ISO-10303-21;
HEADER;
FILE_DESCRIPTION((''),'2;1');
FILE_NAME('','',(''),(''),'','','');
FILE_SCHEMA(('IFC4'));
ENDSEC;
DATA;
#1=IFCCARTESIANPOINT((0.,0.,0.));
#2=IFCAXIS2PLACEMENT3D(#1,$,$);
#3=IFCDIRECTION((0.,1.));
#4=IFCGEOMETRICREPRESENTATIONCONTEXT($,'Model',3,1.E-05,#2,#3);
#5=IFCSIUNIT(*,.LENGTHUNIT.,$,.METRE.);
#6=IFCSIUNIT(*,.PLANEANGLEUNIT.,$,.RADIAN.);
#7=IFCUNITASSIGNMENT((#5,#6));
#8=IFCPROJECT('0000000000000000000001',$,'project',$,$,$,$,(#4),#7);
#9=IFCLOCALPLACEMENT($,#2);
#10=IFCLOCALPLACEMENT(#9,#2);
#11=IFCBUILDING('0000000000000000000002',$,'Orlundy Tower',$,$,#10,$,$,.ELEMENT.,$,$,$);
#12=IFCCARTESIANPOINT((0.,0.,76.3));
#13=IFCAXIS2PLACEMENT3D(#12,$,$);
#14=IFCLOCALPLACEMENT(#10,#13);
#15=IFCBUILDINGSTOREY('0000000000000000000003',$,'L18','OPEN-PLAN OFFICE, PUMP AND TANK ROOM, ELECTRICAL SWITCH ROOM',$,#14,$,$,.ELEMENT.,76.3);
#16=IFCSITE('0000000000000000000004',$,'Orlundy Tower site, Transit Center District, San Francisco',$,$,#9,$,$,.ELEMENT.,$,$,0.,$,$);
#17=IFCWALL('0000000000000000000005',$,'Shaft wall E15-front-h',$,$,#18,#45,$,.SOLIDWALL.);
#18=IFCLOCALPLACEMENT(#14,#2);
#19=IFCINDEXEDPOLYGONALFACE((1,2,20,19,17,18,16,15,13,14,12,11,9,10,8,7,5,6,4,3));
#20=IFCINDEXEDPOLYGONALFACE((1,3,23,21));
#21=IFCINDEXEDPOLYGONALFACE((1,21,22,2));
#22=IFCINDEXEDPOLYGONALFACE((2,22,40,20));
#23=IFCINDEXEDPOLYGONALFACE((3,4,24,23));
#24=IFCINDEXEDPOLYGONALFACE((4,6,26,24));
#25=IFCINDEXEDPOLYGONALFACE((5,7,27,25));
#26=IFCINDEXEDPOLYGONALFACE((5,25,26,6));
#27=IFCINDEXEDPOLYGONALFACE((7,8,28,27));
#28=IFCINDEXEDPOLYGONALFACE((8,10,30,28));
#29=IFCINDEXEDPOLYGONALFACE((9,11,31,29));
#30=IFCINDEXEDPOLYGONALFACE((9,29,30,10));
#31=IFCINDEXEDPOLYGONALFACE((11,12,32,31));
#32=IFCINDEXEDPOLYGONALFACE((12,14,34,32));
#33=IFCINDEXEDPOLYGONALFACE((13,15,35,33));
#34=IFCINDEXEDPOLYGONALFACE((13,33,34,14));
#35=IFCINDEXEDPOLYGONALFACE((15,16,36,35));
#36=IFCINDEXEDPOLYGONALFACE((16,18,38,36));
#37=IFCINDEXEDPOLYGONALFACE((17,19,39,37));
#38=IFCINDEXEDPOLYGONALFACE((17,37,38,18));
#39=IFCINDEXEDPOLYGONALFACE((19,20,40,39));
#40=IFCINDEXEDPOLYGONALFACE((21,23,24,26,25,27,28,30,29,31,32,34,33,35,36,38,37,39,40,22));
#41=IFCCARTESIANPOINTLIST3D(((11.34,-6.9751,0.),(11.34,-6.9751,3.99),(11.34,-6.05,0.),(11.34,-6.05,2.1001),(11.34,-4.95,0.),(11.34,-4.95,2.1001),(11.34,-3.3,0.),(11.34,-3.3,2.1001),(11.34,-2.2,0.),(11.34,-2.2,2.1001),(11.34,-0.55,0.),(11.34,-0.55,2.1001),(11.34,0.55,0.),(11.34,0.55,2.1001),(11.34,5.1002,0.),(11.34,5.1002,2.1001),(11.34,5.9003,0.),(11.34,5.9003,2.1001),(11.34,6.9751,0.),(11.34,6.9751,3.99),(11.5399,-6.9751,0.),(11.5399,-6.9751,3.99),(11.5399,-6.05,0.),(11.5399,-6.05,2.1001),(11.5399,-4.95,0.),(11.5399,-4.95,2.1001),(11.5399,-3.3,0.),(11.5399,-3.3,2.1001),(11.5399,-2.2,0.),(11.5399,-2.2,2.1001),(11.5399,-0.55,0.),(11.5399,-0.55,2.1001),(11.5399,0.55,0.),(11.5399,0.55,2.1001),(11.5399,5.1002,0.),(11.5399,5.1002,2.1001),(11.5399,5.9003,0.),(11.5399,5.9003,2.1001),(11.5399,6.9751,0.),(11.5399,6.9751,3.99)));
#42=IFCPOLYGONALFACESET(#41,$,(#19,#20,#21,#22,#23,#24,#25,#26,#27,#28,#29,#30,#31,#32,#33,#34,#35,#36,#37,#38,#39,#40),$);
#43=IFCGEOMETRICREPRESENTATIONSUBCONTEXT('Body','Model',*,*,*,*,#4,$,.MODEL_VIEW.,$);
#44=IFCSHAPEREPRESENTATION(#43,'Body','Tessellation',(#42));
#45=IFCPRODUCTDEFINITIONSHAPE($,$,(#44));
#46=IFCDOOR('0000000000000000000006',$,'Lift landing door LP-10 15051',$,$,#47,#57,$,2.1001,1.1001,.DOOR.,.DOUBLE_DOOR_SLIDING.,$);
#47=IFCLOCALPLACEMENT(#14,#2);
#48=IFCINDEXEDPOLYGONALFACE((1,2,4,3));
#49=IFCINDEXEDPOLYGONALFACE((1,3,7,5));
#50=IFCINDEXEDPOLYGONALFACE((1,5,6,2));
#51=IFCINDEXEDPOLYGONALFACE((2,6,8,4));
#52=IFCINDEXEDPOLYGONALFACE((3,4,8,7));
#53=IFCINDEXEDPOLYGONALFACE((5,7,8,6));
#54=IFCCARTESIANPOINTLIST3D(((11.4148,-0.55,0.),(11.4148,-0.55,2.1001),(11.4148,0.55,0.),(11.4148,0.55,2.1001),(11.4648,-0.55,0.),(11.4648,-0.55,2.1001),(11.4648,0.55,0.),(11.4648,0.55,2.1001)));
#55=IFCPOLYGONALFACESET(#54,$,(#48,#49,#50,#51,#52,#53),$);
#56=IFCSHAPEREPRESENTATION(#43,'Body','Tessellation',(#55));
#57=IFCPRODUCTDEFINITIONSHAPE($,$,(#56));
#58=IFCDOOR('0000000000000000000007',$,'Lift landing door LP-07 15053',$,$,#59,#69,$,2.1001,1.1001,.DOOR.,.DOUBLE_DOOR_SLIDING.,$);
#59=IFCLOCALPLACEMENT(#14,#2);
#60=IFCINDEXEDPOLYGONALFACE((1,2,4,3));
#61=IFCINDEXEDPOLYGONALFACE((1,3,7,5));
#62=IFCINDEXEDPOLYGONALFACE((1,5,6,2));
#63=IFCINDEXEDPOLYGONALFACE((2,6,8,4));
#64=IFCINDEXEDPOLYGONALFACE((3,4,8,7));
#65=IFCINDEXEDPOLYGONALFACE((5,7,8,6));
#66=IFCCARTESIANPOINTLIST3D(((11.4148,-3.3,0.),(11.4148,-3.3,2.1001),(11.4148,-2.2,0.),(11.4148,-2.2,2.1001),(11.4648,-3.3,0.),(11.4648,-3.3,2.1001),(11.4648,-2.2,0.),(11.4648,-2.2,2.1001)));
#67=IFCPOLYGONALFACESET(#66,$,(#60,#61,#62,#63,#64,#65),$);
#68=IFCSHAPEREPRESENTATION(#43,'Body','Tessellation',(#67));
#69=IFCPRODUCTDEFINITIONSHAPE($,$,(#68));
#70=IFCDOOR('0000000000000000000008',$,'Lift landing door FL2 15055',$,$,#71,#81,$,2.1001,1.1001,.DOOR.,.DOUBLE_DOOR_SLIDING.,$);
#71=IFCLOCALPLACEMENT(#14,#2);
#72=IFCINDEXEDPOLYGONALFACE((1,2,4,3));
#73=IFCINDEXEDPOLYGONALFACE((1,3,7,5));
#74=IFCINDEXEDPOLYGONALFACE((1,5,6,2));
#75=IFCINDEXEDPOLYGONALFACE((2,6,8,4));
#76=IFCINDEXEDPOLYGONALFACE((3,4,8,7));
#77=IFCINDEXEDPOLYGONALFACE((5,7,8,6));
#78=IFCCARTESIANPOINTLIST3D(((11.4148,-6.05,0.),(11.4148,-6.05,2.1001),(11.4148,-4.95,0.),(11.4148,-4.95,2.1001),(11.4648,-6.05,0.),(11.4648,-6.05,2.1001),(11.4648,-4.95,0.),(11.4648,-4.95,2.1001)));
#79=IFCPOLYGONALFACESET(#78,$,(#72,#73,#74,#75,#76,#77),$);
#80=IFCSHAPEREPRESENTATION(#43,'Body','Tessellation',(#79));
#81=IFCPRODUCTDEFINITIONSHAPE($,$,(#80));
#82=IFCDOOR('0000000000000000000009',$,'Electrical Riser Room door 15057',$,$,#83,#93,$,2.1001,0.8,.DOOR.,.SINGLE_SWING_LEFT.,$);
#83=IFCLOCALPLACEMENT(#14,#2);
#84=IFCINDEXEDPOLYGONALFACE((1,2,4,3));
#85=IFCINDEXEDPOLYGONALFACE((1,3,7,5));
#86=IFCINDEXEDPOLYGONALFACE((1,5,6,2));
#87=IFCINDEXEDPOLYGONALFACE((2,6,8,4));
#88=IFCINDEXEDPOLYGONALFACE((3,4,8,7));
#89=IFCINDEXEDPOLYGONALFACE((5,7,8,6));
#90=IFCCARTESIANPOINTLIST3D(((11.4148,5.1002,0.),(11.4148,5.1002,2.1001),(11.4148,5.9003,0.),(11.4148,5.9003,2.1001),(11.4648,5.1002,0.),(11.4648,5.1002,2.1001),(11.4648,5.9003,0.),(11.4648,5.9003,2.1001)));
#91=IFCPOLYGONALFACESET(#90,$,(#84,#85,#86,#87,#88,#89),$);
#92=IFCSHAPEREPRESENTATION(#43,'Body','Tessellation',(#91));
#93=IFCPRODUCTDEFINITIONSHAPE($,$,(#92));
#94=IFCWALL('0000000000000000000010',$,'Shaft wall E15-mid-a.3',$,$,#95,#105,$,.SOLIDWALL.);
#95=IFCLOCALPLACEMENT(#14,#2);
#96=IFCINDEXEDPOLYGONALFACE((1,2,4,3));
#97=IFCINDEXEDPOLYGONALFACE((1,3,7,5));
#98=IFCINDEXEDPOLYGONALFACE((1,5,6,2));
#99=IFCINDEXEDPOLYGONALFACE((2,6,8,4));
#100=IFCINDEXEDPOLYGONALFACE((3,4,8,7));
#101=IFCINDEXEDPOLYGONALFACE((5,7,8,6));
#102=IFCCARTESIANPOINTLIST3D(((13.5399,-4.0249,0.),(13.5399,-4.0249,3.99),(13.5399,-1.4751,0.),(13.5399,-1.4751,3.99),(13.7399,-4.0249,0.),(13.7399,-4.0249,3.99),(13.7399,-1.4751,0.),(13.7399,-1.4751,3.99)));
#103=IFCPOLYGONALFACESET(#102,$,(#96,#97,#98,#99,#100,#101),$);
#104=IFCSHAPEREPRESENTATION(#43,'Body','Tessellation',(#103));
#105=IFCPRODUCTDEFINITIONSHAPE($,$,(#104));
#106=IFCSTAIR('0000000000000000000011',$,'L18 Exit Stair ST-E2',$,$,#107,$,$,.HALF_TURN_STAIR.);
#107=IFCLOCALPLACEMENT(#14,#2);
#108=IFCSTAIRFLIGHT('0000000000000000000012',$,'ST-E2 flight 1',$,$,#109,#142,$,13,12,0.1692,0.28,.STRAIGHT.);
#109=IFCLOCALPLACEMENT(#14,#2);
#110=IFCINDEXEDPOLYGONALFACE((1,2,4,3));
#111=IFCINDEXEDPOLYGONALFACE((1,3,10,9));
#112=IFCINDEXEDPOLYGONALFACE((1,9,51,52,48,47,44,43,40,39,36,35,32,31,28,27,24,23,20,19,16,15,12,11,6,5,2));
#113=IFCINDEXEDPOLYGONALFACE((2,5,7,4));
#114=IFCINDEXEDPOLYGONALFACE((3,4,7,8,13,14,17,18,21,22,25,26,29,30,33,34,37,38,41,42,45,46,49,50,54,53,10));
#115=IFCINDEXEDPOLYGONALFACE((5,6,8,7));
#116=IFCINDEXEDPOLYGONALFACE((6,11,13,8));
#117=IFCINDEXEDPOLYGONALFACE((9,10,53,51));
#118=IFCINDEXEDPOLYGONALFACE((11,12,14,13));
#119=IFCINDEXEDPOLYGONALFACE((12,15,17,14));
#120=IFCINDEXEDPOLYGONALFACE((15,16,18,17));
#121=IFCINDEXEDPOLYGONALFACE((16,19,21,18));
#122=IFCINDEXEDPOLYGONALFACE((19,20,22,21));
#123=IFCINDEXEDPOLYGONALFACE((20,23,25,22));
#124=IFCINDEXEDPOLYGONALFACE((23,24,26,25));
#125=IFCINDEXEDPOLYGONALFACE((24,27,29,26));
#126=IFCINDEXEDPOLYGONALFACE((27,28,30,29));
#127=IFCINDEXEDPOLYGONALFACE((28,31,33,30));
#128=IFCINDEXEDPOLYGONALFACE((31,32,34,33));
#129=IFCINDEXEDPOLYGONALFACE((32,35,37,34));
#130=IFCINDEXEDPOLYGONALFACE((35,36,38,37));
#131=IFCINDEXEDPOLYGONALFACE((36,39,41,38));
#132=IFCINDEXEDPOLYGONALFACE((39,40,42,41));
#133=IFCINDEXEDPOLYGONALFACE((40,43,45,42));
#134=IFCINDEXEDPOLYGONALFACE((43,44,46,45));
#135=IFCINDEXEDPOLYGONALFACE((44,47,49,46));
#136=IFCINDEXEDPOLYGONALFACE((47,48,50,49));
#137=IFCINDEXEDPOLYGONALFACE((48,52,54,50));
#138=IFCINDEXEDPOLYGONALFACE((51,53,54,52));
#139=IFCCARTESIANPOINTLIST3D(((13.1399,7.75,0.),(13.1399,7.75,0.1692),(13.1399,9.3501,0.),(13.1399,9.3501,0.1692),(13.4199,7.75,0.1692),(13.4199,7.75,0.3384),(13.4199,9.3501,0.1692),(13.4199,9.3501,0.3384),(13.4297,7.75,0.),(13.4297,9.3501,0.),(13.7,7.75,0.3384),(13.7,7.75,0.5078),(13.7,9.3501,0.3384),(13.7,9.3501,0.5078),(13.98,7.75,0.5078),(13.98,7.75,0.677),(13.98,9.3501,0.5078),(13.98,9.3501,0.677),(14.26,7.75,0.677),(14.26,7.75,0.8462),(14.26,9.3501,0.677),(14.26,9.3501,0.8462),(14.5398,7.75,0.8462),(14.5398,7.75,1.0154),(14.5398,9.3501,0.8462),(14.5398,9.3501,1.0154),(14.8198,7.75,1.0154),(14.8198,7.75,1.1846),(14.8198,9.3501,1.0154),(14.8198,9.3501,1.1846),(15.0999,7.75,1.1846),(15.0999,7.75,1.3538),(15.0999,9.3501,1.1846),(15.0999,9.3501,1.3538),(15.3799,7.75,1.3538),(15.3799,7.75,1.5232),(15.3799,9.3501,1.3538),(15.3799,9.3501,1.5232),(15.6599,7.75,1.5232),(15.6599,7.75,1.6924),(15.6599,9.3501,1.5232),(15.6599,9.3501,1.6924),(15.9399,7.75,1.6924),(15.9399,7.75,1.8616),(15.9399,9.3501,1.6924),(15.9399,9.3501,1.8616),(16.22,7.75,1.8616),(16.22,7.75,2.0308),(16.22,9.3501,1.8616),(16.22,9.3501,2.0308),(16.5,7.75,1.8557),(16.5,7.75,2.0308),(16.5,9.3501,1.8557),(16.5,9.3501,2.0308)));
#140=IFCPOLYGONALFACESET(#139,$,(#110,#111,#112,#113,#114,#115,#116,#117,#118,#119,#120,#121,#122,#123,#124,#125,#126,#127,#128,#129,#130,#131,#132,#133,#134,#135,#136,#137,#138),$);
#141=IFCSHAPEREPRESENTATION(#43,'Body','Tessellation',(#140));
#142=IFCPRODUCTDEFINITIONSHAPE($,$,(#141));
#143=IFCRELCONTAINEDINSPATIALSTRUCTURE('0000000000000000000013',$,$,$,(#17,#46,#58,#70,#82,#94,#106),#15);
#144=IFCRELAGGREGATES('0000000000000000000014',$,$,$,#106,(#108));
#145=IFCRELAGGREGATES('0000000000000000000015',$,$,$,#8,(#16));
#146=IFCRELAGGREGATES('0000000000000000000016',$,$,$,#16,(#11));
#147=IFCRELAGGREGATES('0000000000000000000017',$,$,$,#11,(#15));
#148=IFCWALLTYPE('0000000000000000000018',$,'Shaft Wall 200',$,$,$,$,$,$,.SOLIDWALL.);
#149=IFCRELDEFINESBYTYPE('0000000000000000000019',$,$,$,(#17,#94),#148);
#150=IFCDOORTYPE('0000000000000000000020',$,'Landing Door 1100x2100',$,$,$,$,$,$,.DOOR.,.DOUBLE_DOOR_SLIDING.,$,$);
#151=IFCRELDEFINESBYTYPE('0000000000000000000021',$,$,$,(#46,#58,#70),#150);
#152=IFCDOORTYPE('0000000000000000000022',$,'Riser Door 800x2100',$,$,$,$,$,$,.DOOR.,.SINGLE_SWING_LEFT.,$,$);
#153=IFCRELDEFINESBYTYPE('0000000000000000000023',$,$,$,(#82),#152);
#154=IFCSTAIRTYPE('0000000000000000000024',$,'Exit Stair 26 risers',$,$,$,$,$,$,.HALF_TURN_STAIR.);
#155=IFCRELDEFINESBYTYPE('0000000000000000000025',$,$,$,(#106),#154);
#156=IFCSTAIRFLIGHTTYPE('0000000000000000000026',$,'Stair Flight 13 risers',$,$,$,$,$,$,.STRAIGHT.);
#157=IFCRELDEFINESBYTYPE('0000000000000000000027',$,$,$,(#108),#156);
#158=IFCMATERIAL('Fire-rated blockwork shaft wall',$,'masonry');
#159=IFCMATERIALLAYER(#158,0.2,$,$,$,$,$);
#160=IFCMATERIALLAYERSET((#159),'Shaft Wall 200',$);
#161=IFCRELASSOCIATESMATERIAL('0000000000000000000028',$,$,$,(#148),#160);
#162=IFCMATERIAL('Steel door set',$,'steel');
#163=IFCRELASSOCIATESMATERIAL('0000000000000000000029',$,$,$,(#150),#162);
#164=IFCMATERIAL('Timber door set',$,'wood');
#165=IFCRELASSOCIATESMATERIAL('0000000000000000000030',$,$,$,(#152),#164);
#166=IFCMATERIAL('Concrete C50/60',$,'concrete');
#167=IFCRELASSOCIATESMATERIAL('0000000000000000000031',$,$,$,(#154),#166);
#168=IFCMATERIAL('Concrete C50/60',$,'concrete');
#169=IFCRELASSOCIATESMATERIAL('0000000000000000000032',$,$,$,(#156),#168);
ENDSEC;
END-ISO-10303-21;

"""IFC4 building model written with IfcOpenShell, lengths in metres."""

from ifc_helpers import new_model, si_unit, direction, frame, frame_2d, origin, place, context, subcontext, project, spatial, polyline, rectangle, outline, extrude, material, layer, layer_set, type_object, element, fill, aggregate, save


model = new_model("IFC4")

# Units and contexts
model_context = context("Model", 3, precision=1e-05, world=origin(), true_north=direction((0.0, 1.0)))
body_context = subcontext(model_context, "Body", "Model", "MODEL_VIEW")
ifc_project = project(units=[si_unit("LENGTHUNIT", "METRE"), si_unit("PLANEANGLEUNIT", "RADIAN")], contexts=[model_context])

# Site, building, storey
site_placement = place(None, origin())
site = spatial("IfcSite", under=ifc_project, at=site_placement, Name="Orlundy Tower site, Transit Center District, San Francisco", CompositionType="ELEMENT", RefElevation=0.0)
building_placement = place(site_placement, origin())
building = spatial("IfcBuilding", under=site, at=building_placement, Name="Orlundy Tower", CompositionType="ELEMENT")
storey_placement = place(building_placement, frame((0.0, 0.0, 76.3)))
storey = spatial("IfcBuildingStorey", under=building, at=storey_placement, Name="L18", Description="OPEN-PLAN OFFICE, PUMP AND TANK ROOM, ELECTRICAL SWITCH ROOM", CompositionType="ELEMENT", Elevation=76.3)

# Shared definitions
ifc_material_1 = material(Name="Fire-rated blockwork shaft wall", Category="masonry")
ifc_layer_1 = layer(ifc_material_1, 0.2)
ifc_layer_set_1 = layer_set([ifc_layer_1], Name="Shaft Wall 200")
wall_type_1 = type_object("IfcWallType", Name="Shaft Wall 200", PredefinedType="SOLIDWALL", material=ifc_layer_set_1)

# Wall, openings, doors
wall_1_placement = place(storey_placement, frame((11.4399, 6.9751, 0.0), z_axis=(0.0, 0.0, 1.0), x_axis=(0.0, -1.0, 0.0)))
wall_1 = element("IfcWall", 1, at=wall_1_placement, inside=storey, type_object=wall_type_1, Name="Shaft wall E15-front-h", PredefinedType="SOLIDWALL", context=body_context, shape_type="SweptSolid", body=[
    extrude(rectangle(XDim=13.9502, YDim=0.2, at=frame_2d((6.9751, 0.0))), origin(), (0.0, 0.0, 1.0), 3.99),
])
opening_1_placement = place(wall_1_placement, frame((6.425, 0.0, 0.0)))
opening_1 = element("IfcOpeningElement", 2, at=opening_1_placement, cuts=wall_1, PredefinedType="OPENING", context=body_context, shape_type="SweptSolid", body=[
    extrude(rectangle(XDim=1.1001, YDim=2.1001, at=frame_2d((0.55, 1.05))), frame((0.0, 0.1101, 0.0), z_axis=(0.0, -1.0, 0.0), x_axis=(1.0, 0.0, 0.0)), (0.0, 0.0, 1.0), 0.2202),
])
opening_2_placement = place(wall_1_placement, frame((9.175, 0.0, 0.0)))
opening_2 = element("IfcOpeningElement", 3, at=opening_2_placement, cuts=wall_1, PredefinedType="OPENING", context=body_context, shape_type="SweptSolid", body=[
    extrude(rectangle(XDim=1.1001, YDim=2.1001, at=frame_2d((0.55, 1.05))), frame((0.0, 0.1101, 0.0), z_axis=(0.0, -1.0, 0.0), x_axis=(1.0, 0.0, 0.0)), (0.0, 0.0, 1.0), 0.2202),
])
opening_3_placement = place(wall_1_placement, frame((11.925, 0.0, 0.0)))
opening_3 = element("IfcOpeningElement", 4, at=opening_3_placement, cuts=wall_1, PredefinedType="OPENING", context=body_context, shape_type="SweptSolid", body=[
    extrude(rectangle(XDim=1.1001, YDim=2.1001, at=frame_2d((0.55, 1.05))), frame((0.0, 0.1101, 0.0), z_axis=(0.0, -1.0, 0.0), x_axis=(1.0, 0.0, 0.0)), (0.0, 0.0, 1.0), 0.2202),
])
opening_4_placement = place(wall_1_placement, frame((1.075, 0.0, 0.0)))
opening_4 = element("IfcOpeningElement", 5, at=opening_4_placement, cuts=wall_1, PredefinedType="OPENING", context=body_context, shape_type="SweptSolid", body=[
    extrude(rectangle(XDim=0.8, YDim=2.1001, at=frame_2d((0.3999, 1.05))), frame((0.0, 0.1101, 0.0), z_axis=(0.0, -1.0, 0.0), x_axis=(1.0, 0.0, 0.0)), (0.0, 0.0, 1.0), 0.2202),
])
ifc_material_2 = material(Name="Steel door set", Category="steel")
door_type_1 = type_object("IfcDoorType", Name="Landing Door 1100x2100", OperationType="DOUBLE_DOOR_SLIDING", PredefinedType="DOOR", material=ifc_material_2)
door_1_placement = place(opening_1_placement, origin())
door_1 = element("IfcDoor", 6, at=door_1_placement, inside=storey, type_object=door_type_1, Name="Lift landing door LP-10 15051", OperationType="DOUBLE_DOOR_SLIDING", OverallHeight=2.1001, OverallWidth=1.1001, PredefinedType="DOOR", context=body_context, shape_type="SweptSolid", body=[
    extrude(rectangle(XDim=1.1001, YDim=2.1001, at=frame_2d((0.55, 1.05))), frame((0.0, 0.0249, 0.0), z_axis=(0.0, -1.0, 0.0), x_axis=(1.0, 0.0, 0.0)), (0.0, 0.0, 1.0), 0.05),
])
fill(opening_1, door_1)
door_2_placement = place(opening_2_placement, origin())
door_2 = element("IfcDoor", 7, at=door_2_placement, inside=storey, type_object=door_type_1, Name="Lift landing door LP-07 15053", OperationType="DOUBLE_DOOR_SLIDING", OverallHeight=2.1001, OverallWidth=1.1001, PredefinedType="DOOR", context=body_context, shape_type="SweptSolid", body=[
    extrude(rectangle(XDim=1.1001, YDim=2.1001, at=frame_2d((0.55, 1.05))), frame((0.0, 0.0249, 0.0), z_axis=(0.0, -1.0, 0.0), x_axis=(1.0, 0.0, 0.0)), (0.0, 0.0, 1.0), 0.05),
])
fill(opening_2, door_2)
door_3_placement = place(opening_3_placement, origin())
door_3 = element("IfcDoor", 8, at=door_3_placement, inside=storey, type_object=door_type_1, Name="Lift landing door FL2 15055", OperationType="DOUBLE_DOOR_SLIDING", OverallHeight=2.1001, OverallWidth=1.1001, PredefinedType="DOOR", context=body_context, shape_type="SweptSolid", body=[
    extrude(rectangle(XDim=1.1001, YDim=2.1001, at=frame_2d((0.55, 1.05))), frame((0.0, 0.0249, 0.0), z_axis=(0.0, -1.0, 0.0), x_axis=(1.0, 0.0, 0.0)), (0.0, 0.0, 1.0), 0.05),
])
fill(opening_3, door_3)
ifc_material_3 = material(Name="Timber door set", Category="wood")
door_type_2 = type_object("IfcDoorType", Name="Riser Door 800x2100", OperationType="SINGLE_SWING_LEFT", PredefinedType="DOOR", material=ifc_material_3)
door_4_placement = place(opening_4_placement, origin())
door_4 = element("IfcDoor", 9, at=door_4_placement, inside=storey, type_object=door_type_2, Name="Electrical Riser Room door 15057", OperationType="SINGLE_SWING_LEFT", OverallHeight=2.1001, OverallWidth=0.8, PredefinedType="DOOR", context=body_context, shape_type="SweptSolid", body=[
    extrude(rectangle(XDim=0.8, YDim=2.1001, at=frame_2d((0.3999, 1.05))), frame((0.0, 0.0249, 0.0), z_axis=(0.0, -1.0, 0.0), x_axis=(1.0, 0.0, 0.0)), (0.0, 0.0, 1.0), 0.05),
])
fill(opening_4, door_4)

# Wall
wall_2_placement = place(storey_placement, frame((13.6399, -1.4751, 0.0), z_axis=(0.0, 0.0, 1.0), x_axis=(0.0, -1.0, 0.0)))
element("IfcWall", 10, at=wall_2_placement, inside=storey, type_object=wall_type_1, Name="Shaft wall E15-mid-a.3", PredefinedType="SOLIDWALL", context=body_context, shape_type="SweptSolid", body=[
    extrude(rectangle(XDim=2.5498, YDim=0.2, at=frame_2d((1.2749, 0.0))), origin(), (0.0, 0.0, 1.0), 3.99),
])

# Stair, stair flight
ifc_material_4 = material(Name="Concrete C50/60", Category="concrete")
stair_type = type_object("IfcStairType", Name="Exit Stair 26 risers", PredefinedType="HALF_TURN_STAIR", material=ifc_material_4)
stair_placement = place(storey_placement, origin())
stair = element("IfcStair", 11, at=stair_placement, inside=storey, type_object=stair_type, Name="L18 Exit Stair ST-E2", PredefinedType="HALF_TURN_STAIR")
ifc_material_5 = material(Name="Concrete C50/60", Category="concrete")
stair_flight_type = type_object("IfcStairFlightType", Name="Stair Flight 13 risers", PredefinedType="STRAIGHT", material=ifc_material_5)
stair_flight_placement = place(storey_placement, frame((13.1399, 8.55, 0.0), z_axis=(0.0, 0.0, 1.0), x_axis=(1.0, 0.0, 0.0)))
stair_flight = element("IfcStairFlight", 12, at=stair_flight_placement, type_object=stair_flight_type, Name="ST-E2 flight 1", NumberOfRisers=13, NumberOfTreads=12, PredefinedType="STRAIGHT", RiserHeight=0.1692, TreadLength=0.28, context=body_context, shape_type="SweptSolid", body=[
    extrude(outline(polyline([(0.0, 0.0), (0.0, 0.1692), (0.28, 0.1692), (0.28, 0.3384), (0.5601, 0.3384), (0.5601, 0.5078), (0.8401, 0.5078), (0.8401, 0.677), (1.1201, 0.677), (1.1201, 0.8462), (1.3999, 0.8462), (1.3999, 1.0154), (1.6799, 1.0154), (1.6799, 1.1846), (1.96, 1.1846), (1.96, 1.3538), (2.24, 1.3538), (2.24, 1.5232), (2.52, 1.5232), (2.52, 1.6924), (2.8, 1.6924), (2.8, 1.8616), (3.0801, 1.8616), (3.0801, 2.0308), (3.3601, 2.0308), (3.3601, 2.2), (3.3601, 1.8557), (0.2898, 0.0), (0.0, 0.0)])), frame((0.0, 0.8, 0.0), z_axis=(0.0, -1.0, 0.0), x_axis=(1.0, 0.0, 0.0)), (0.0, 0.0, 1.0), 1.6001),
])
aggregate(stair, [stair_flight])

save(model, "model.ifc")
